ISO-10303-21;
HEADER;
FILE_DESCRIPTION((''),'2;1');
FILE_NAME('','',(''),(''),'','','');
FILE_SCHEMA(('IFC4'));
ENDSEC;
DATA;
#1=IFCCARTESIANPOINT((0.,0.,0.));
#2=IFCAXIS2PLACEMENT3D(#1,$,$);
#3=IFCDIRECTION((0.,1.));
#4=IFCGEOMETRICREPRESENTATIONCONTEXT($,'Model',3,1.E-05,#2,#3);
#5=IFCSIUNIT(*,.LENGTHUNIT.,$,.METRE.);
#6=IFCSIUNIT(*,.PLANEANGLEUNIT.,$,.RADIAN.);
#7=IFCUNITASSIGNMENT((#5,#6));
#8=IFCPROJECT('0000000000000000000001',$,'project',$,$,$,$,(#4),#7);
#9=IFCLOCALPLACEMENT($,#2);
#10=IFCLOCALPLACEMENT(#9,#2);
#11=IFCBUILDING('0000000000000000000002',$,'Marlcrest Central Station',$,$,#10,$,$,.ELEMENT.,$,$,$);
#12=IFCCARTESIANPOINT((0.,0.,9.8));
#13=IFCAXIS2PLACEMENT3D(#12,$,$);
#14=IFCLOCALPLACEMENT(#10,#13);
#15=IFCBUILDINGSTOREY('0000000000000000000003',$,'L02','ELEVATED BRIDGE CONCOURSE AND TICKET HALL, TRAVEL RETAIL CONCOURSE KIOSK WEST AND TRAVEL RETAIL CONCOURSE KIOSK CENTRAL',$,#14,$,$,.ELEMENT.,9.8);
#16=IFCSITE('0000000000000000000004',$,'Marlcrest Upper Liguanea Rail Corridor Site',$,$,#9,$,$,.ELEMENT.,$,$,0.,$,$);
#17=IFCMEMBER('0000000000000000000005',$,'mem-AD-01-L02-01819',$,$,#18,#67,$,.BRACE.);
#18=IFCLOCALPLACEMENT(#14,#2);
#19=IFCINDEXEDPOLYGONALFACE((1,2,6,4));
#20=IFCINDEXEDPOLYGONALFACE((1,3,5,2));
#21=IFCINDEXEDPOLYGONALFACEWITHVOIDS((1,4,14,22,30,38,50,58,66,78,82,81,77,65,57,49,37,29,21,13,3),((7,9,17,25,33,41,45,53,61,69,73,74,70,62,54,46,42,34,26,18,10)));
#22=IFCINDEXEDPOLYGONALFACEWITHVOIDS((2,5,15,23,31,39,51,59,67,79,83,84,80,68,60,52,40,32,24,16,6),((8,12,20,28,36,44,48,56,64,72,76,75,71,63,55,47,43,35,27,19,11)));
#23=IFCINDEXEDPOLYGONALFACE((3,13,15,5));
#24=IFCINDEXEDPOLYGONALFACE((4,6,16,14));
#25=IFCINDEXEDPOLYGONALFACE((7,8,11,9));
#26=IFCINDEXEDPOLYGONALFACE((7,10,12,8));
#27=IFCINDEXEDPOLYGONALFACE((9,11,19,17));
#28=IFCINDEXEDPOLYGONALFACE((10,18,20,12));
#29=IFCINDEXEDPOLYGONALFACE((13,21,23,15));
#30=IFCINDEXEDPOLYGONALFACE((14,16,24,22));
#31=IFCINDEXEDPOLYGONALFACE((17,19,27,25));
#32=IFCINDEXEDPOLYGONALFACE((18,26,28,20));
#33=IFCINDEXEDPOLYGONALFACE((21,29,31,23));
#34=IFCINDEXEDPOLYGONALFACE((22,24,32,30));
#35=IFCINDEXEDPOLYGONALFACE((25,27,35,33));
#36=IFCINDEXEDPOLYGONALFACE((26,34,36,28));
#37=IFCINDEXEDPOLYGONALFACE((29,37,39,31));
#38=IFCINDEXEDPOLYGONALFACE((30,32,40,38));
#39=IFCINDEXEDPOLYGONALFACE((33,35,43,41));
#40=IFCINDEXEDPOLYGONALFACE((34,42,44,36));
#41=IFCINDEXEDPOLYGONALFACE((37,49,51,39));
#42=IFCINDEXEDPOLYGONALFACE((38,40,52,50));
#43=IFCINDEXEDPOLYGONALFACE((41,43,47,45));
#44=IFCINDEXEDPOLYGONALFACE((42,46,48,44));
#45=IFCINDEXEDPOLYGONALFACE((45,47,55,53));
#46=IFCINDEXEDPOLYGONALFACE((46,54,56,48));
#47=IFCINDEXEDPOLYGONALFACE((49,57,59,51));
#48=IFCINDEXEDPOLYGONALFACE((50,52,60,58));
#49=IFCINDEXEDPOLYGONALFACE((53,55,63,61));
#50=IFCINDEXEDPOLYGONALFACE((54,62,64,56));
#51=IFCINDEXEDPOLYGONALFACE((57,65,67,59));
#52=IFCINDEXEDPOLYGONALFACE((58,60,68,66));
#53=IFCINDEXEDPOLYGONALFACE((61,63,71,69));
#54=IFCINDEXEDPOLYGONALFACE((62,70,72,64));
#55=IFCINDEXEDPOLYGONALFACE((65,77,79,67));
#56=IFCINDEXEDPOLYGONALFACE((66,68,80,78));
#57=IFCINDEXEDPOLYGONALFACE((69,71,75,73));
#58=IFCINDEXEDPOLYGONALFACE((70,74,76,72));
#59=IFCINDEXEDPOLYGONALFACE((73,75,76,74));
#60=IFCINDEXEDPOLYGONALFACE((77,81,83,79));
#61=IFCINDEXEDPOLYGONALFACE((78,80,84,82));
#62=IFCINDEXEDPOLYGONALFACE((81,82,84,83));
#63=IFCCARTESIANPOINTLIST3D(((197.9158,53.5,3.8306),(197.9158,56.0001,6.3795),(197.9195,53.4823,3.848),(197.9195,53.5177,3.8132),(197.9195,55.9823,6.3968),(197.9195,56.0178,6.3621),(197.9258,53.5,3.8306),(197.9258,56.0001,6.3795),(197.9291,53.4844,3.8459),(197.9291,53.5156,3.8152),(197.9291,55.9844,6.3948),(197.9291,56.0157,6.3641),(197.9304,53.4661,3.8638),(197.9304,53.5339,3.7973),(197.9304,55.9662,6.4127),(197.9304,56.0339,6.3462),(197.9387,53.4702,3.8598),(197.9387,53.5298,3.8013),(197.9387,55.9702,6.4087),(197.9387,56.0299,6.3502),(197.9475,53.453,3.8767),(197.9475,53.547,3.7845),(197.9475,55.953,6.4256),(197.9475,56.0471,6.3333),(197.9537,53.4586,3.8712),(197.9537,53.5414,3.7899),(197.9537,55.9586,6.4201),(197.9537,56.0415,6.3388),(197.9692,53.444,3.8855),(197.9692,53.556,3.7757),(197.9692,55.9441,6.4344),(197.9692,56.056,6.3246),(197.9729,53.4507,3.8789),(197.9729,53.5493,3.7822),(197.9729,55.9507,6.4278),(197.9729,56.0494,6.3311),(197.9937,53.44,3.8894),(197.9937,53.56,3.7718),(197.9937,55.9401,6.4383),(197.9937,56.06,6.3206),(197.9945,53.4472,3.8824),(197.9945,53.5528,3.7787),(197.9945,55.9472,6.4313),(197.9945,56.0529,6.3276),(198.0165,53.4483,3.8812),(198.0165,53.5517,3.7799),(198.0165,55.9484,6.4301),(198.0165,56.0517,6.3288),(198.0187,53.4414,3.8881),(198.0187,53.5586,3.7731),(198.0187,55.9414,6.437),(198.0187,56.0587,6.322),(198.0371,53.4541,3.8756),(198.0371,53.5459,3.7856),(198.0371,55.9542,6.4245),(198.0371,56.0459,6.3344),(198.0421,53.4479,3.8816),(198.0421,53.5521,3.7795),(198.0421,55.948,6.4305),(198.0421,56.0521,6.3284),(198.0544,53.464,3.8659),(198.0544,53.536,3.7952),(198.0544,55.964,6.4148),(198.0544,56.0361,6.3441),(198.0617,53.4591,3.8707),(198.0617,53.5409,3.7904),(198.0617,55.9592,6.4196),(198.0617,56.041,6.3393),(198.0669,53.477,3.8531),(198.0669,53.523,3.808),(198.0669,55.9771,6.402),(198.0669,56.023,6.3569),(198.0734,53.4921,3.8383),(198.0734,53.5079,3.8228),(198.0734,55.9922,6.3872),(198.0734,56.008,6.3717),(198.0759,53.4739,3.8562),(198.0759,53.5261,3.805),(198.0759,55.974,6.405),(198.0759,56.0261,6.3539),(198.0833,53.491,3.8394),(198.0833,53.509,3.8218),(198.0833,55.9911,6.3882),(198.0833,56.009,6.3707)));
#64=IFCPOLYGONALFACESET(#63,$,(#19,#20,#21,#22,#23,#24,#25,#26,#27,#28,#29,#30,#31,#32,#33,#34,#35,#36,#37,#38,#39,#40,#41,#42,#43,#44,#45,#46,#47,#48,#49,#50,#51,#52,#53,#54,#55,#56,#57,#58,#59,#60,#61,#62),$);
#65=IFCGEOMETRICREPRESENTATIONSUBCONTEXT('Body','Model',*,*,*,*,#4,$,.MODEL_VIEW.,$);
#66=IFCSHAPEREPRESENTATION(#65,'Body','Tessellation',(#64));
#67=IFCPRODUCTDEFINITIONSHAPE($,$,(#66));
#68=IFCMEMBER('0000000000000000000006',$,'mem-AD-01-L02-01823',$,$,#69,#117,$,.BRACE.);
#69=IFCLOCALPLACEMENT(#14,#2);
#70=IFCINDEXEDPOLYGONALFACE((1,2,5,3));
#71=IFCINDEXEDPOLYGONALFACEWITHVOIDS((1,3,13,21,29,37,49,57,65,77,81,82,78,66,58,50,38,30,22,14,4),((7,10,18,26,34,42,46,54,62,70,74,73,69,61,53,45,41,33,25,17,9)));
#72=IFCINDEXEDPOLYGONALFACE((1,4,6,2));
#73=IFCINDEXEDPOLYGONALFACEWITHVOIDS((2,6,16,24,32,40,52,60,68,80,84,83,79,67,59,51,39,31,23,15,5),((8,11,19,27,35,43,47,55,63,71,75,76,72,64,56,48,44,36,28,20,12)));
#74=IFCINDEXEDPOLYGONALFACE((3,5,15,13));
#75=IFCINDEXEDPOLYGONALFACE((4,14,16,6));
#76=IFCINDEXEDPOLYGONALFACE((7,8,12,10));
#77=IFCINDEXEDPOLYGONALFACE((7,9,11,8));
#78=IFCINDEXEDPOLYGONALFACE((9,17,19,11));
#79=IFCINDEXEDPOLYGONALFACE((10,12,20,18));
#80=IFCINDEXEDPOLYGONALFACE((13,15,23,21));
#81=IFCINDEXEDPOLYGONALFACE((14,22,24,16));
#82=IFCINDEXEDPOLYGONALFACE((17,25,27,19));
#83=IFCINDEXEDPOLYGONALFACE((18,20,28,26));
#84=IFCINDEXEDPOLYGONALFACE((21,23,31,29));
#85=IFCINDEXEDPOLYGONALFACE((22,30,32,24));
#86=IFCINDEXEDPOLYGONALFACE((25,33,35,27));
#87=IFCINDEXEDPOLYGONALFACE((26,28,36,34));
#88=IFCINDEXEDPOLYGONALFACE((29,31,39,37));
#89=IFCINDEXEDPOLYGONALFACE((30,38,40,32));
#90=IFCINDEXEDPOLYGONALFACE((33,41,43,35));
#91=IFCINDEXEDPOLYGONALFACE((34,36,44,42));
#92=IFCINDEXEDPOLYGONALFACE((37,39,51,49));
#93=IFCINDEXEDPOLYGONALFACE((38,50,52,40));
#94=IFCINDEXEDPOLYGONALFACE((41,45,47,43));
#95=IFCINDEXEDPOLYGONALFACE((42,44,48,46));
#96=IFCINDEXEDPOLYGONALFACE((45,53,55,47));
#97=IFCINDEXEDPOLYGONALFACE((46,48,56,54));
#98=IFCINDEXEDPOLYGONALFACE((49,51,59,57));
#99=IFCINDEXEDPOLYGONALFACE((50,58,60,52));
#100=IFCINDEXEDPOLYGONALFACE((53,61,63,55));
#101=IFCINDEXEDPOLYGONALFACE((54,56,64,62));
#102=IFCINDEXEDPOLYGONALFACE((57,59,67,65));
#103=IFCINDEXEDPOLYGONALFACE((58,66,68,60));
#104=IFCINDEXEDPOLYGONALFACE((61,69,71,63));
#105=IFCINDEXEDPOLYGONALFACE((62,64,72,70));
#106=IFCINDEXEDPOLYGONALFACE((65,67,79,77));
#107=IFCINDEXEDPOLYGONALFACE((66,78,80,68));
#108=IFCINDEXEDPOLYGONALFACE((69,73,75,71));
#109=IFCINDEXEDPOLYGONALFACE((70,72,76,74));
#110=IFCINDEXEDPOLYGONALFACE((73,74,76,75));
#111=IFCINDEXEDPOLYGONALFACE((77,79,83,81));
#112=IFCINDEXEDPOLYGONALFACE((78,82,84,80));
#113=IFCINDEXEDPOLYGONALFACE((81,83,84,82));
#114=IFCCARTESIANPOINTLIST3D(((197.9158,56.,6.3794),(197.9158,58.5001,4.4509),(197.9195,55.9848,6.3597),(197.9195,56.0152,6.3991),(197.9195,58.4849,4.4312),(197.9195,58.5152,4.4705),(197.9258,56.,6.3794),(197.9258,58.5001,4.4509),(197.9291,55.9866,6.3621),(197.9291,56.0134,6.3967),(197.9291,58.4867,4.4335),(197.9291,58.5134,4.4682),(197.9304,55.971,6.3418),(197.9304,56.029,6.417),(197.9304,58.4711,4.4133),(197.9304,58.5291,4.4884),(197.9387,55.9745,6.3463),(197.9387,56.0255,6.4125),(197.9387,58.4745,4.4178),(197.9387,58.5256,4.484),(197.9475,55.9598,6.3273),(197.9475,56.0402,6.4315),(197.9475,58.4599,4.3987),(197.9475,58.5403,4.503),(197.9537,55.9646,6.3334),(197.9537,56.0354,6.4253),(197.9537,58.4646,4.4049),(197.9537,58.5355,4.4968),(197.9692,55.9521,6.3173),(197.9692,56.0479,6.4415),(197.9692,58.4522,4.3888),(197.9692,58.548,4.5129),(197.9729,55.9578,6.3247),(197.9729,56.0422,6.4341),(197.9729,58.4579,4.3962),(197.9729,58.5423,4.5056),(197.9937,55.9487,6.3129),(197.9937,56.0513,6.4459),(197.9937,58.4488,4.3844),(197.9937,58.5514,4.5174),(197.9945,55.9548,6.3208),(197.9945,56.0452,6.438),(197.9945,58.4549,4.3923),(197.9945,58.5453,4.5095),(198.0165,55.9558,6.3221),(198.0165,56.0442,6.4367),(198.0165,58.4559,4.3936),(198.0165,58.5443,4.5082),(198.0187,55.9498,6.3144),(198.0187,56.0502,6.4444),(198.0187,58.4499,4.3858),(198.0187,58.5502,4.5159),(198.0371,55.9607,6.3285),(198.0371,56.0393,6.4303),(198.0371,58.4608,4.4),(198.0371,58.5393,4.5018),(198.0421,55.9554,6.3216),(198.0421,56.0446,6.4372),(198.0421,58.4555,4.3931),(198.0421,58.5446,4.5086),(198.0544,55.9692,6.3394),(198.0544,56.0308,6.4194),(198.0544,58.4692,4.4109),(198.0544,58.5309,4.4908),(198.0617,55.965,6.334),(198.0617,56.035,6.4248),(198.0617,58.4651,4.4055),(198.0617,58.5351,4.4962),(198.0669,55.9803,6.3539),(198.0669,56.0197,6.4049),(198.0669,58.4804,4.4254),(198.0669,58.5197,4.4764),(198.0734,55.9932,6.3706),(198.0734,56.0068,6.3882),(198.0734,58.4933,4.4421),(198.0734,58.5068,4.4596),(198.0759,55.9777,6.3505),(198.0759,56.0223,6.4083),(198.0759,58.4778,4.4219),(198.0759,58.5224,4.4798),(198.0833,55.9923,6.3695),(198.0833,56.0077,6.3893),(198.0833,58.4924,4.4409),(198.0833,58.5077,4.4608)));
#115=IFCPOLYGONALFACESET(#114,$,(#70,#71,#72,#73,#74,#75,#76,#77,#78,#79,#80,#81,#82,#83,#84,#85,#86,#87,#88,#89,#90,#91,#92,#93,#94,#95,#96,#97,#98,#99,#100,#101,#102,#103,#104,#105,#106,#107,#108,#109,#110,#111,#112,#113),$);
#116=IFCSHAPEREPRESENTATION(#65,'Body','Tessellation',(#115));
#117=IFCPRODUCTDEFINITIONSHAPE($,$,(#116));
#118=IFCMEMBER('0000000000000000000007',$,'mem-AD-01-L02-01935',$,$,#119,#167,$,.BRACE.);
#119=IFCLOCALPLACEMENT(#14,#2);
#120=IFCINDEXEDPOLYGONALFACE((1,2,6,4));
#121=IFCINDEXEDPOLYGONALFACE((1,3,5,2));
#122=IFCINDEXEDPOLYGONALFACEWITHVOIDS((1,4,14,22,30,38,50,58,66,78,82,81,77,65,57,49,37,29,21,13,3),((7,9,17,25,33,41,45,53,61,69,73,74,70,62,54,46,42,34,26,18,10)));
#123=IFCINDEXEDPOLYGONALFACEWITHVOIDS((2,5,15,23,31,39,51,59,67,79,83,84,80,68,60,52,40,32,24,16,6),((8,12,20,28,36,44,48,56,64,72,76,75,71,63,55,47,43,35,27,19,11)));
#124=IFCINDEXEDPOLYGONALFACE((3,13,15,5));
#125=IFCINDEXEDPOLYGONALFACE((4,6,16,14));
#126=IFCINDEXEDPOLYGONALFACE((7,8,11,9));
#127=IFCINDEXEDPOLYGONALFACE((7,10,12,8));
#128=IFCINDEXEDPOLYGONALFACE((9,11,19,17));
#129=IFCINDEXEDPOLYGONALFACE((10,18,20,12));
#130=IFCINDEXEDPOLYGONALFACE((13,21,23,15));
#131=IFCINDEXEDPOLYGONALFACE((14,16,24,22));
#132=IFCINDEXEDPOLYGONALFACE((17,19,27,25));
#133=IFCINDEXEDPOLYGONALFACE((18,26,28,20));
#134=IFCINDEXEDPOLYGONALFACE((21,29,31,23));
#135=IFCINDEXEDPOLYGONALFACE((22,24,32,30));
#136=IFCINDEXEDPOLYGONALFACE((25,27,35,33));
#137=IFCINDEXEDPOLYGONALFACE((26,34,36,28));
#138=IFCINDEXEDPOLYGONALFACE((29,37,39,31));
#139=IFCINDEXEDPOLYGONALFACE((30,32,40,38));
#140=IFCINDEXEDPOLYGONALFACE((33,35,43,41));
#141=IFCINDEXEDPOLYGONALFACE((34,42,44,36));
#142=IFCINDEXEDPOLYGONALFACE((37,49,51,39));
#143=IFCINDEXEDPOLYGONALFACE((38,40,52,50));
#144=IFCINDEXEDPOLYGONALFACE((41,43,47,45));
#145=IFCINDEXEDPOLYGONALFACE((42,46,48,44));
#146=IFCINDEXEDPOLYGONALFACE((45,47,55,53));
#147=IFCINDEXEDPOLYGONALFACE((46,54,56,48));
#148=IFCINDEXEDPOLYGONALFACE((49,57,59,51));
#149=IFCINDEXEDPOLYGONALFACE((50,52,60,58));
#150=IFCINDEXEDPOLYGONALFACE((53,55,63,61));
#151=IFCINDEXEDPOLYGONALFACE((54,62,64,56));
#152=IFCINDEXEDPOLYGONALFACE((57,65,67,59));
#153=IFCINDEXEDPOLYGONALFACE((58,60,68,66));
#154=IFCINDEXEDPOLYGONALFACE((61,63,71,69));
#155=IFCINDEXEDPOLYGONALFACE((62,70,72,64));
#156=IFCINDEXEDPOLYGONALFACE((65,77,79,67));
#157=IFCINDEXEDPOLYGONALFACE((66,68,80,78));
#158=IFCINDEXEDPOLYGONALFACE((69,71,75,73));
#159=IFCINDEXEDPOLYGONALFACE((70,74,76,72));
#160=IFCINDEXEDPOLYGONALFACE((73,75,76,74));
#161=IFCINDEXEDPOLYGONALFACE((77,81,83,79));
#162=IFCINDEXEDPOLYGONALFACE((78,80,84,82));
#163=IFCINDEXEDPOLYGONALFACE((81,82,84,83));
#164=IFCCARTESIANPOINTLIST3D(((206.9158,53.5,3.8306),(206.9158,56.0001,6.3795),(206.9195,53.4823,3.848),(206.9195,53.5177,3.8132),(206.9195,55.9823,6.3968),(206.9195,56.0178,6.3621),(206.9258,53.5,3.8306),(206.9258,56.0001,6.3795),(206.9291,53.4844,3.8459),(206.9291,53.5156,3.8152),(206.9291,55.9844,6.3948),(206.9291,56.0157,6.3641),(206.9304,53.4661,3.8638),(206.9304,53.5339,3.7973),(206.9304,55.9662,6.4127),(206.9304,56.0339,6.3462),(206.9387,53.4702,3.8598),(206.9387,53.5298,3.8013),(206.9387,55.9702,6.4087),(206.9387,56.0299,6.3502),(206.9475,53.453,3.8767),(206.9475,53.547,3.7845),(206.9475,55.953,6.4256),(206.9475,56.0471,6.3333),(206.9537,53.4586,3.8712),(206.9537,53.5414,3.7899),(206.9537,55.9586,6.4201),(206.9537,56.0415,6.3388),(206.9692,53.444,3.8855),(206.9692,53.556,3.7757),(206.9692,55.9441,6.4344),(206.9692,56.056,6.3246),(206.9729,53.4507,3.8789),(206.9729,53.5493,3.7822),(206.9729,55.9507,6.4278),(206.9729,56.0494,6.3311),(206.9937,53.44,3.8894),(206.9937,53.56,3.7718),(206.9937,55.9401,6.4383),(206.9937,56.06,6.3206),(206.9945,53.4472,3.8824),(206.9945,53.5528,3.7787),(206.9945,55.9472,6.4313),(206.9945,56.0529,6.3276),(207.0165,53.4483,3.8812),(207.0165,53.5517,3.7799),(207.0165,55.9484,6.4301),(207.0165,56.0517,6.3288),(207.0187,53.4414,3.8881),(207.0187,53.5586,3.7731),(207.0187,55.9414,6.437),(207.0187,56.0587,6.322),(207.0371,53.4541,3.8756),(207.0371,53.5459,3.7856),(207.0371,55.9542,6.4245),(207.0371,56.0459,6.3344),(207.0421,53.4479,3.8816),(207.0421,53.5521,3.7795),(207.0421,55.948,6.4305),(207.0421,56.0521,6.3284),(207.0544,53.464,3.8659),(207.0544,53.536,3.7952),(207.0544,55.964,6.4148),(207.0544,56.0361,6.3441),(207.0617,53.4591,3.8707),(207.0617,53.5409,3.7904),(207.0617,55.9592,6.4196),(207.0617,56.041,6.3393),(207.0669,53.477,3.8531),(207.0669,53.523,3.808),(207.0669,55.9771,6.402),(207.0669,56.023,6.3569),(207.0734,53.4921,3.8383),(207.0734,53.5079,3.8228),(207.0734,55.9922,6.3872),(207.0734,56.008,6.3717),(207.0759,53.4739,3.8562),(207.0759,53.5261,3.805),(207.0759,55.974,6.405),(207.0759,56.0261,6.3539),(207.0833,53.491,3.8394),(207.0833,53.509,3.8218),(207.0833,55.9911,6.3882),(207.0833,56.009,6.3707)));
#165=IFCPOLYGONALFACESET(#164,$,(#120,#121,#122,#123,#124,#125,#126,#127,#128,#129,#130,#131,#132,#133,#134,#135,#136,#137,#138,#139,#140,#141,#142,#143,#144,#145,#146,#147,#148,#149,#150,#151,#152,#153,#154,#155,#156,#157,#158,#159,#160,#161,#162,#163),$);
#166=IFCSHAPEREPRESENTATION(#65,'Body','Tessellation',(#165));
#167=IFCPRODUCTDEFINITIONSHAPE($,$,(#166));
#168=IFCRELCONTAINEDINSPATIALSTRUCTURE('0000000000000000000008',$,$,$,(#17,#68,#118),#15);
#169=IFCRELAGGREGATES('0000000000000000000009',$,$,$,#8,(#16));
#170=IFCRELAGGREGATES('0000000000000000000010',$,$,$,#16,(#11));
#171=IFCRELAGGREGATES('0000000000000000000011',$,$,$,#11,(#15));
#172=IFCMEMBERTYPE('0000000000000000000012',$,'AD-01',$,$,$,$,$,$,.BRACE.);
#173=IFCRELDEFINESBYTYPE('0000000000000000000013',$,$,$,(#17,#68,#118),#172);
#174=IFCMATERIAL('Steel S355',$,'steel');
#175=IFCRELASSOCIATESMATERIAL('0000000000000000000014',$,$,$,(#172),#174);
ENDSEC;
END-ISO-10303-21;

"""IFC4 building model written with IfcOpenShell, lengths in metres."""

from ifc_helpers import new_model, si_unit, direction, frame, origin, origin_2d, place, context, subcontext, project, spatial, hollow_circle, extrude, material, material_profile, profile_set, type_object, element, save


model = new_model("IFC4")

# Units and contexts
model_context = context("Model", 3, precision=1e-05, world=origin(), true_north=direction((0.0, 1.0)))
body_context = subcontext(model_context, "Body", "Model", "MODEL_VIEW")
ifc_project = project(units=[si_unit("LENGTHUNIT", "METRE"), si_unit("PLANEANGLEUNIT", "RADIAN")], contexts=[model_context])

# Site, building, storey
site_placement = place(None, origin())
site = spatial("IfcSite", under=ifc_project, at=site_placement, Name="Marlcrest Upper Liguanea Rail Corridor Site", CompositionType="ELEMENT", RefElevation=0.0)
building_placement = place(site_placement, origin())
building = spatial("IfcBuilding", under=site, at=building_placement, Name="Marlcrest Central Station", CompositionType="ELEMENT")
storey_placement = place(building_placement, frame((0.0, 0.0, 9.8)))
storey = spatial("IfcBuildingStorey", under=building, at=storey_placement, Name="L02", Description="ELEVATED BRIDGE CONCOURSE AND TICKET HALL, TRAVEL RETAIL CONCOURSE KIOSK WEST AND TRAVEL RETAIL CONCOURSE KIOSK CENTRAL", CompositionType="ELEMENT", Elevation=9.8)

# Members
ifc_material = material(Name="Steel S355", Category="steel")
ifc_material_profile_1 = material_profile(ifc_material, hollow_circle(Radius=0.0842, WallThickness=0.01, at=origin_2d()), Name="CHS 168.3x10")
ifc_profile_set_1 = profile_set([ifc_material_profile_1], Name="Steel S355")
member_type_1 = type_object("IfcMemberType", Name="AD-01", PredefinedType="BRACE", material=ifc_profile_set_1)
member_1_placement = place(storey_placement, frame((198.0, 53.5, 3.8306), z_axis=(0.0, 0.700235, 0.713912), x_axis=(-1.0, 0.0, 0.0)))
element("IfcMember", 1, at=member_1_placement, inside=storey, type_object=member_type_1, Name="mem-AD-01-L02-01819", PredefinedType="BRACE", context=body_context, shape_type="SweptSolid", body=[
    extrude(hollow_circle(Radius=0.0842, WallThickness=0.01, at=origin_2d()), origin(), (0.0, 0.0, 1.0), 3.5703),
])
member_2_placement = place(storey_placement, frame((198.0, 56.0, 6.3794), z_axis=(0.0, 0.791798, -0.610783), x_axis=(-1.0, 0.0, 0.0)))
element("IfcMember", 2, at=member_2_placement, inside=storey, type_object=member_type_1, Name="mem-AD-01-L02-01823", PredefinedType="BRACE", context=body_context, shape_type="SweptSolid", body=[
    extrude(hollow_circle(Radius=0.0842, WallThickness=0.01, at=origin_2d()), origin(), (0.0, 0.0, 1.0), 3.1575),
])
member_3_placement = place(storey_placement, frame((207.0, 53.5, 3.8306), z_axis=(0.0, 0.700235, 0.713912), x_axis=(-1.0, 0.0, 0.0)))
element("IfcMember", 3, at=member_3_placement, inside=storey, type_object=member_type_1, Name="mem-AD-01-L02-01935", PredefinedType="BRACE", context=body_context, shape_type="SweptSolid", body=[
    extrude(hollow_circle(Radius=0.0842, WallThickness=0.01, at=origin_2d()), origin(), (0.0, 0.0, 1.0), 3.5703),
])

save(model, "model.ifc")
